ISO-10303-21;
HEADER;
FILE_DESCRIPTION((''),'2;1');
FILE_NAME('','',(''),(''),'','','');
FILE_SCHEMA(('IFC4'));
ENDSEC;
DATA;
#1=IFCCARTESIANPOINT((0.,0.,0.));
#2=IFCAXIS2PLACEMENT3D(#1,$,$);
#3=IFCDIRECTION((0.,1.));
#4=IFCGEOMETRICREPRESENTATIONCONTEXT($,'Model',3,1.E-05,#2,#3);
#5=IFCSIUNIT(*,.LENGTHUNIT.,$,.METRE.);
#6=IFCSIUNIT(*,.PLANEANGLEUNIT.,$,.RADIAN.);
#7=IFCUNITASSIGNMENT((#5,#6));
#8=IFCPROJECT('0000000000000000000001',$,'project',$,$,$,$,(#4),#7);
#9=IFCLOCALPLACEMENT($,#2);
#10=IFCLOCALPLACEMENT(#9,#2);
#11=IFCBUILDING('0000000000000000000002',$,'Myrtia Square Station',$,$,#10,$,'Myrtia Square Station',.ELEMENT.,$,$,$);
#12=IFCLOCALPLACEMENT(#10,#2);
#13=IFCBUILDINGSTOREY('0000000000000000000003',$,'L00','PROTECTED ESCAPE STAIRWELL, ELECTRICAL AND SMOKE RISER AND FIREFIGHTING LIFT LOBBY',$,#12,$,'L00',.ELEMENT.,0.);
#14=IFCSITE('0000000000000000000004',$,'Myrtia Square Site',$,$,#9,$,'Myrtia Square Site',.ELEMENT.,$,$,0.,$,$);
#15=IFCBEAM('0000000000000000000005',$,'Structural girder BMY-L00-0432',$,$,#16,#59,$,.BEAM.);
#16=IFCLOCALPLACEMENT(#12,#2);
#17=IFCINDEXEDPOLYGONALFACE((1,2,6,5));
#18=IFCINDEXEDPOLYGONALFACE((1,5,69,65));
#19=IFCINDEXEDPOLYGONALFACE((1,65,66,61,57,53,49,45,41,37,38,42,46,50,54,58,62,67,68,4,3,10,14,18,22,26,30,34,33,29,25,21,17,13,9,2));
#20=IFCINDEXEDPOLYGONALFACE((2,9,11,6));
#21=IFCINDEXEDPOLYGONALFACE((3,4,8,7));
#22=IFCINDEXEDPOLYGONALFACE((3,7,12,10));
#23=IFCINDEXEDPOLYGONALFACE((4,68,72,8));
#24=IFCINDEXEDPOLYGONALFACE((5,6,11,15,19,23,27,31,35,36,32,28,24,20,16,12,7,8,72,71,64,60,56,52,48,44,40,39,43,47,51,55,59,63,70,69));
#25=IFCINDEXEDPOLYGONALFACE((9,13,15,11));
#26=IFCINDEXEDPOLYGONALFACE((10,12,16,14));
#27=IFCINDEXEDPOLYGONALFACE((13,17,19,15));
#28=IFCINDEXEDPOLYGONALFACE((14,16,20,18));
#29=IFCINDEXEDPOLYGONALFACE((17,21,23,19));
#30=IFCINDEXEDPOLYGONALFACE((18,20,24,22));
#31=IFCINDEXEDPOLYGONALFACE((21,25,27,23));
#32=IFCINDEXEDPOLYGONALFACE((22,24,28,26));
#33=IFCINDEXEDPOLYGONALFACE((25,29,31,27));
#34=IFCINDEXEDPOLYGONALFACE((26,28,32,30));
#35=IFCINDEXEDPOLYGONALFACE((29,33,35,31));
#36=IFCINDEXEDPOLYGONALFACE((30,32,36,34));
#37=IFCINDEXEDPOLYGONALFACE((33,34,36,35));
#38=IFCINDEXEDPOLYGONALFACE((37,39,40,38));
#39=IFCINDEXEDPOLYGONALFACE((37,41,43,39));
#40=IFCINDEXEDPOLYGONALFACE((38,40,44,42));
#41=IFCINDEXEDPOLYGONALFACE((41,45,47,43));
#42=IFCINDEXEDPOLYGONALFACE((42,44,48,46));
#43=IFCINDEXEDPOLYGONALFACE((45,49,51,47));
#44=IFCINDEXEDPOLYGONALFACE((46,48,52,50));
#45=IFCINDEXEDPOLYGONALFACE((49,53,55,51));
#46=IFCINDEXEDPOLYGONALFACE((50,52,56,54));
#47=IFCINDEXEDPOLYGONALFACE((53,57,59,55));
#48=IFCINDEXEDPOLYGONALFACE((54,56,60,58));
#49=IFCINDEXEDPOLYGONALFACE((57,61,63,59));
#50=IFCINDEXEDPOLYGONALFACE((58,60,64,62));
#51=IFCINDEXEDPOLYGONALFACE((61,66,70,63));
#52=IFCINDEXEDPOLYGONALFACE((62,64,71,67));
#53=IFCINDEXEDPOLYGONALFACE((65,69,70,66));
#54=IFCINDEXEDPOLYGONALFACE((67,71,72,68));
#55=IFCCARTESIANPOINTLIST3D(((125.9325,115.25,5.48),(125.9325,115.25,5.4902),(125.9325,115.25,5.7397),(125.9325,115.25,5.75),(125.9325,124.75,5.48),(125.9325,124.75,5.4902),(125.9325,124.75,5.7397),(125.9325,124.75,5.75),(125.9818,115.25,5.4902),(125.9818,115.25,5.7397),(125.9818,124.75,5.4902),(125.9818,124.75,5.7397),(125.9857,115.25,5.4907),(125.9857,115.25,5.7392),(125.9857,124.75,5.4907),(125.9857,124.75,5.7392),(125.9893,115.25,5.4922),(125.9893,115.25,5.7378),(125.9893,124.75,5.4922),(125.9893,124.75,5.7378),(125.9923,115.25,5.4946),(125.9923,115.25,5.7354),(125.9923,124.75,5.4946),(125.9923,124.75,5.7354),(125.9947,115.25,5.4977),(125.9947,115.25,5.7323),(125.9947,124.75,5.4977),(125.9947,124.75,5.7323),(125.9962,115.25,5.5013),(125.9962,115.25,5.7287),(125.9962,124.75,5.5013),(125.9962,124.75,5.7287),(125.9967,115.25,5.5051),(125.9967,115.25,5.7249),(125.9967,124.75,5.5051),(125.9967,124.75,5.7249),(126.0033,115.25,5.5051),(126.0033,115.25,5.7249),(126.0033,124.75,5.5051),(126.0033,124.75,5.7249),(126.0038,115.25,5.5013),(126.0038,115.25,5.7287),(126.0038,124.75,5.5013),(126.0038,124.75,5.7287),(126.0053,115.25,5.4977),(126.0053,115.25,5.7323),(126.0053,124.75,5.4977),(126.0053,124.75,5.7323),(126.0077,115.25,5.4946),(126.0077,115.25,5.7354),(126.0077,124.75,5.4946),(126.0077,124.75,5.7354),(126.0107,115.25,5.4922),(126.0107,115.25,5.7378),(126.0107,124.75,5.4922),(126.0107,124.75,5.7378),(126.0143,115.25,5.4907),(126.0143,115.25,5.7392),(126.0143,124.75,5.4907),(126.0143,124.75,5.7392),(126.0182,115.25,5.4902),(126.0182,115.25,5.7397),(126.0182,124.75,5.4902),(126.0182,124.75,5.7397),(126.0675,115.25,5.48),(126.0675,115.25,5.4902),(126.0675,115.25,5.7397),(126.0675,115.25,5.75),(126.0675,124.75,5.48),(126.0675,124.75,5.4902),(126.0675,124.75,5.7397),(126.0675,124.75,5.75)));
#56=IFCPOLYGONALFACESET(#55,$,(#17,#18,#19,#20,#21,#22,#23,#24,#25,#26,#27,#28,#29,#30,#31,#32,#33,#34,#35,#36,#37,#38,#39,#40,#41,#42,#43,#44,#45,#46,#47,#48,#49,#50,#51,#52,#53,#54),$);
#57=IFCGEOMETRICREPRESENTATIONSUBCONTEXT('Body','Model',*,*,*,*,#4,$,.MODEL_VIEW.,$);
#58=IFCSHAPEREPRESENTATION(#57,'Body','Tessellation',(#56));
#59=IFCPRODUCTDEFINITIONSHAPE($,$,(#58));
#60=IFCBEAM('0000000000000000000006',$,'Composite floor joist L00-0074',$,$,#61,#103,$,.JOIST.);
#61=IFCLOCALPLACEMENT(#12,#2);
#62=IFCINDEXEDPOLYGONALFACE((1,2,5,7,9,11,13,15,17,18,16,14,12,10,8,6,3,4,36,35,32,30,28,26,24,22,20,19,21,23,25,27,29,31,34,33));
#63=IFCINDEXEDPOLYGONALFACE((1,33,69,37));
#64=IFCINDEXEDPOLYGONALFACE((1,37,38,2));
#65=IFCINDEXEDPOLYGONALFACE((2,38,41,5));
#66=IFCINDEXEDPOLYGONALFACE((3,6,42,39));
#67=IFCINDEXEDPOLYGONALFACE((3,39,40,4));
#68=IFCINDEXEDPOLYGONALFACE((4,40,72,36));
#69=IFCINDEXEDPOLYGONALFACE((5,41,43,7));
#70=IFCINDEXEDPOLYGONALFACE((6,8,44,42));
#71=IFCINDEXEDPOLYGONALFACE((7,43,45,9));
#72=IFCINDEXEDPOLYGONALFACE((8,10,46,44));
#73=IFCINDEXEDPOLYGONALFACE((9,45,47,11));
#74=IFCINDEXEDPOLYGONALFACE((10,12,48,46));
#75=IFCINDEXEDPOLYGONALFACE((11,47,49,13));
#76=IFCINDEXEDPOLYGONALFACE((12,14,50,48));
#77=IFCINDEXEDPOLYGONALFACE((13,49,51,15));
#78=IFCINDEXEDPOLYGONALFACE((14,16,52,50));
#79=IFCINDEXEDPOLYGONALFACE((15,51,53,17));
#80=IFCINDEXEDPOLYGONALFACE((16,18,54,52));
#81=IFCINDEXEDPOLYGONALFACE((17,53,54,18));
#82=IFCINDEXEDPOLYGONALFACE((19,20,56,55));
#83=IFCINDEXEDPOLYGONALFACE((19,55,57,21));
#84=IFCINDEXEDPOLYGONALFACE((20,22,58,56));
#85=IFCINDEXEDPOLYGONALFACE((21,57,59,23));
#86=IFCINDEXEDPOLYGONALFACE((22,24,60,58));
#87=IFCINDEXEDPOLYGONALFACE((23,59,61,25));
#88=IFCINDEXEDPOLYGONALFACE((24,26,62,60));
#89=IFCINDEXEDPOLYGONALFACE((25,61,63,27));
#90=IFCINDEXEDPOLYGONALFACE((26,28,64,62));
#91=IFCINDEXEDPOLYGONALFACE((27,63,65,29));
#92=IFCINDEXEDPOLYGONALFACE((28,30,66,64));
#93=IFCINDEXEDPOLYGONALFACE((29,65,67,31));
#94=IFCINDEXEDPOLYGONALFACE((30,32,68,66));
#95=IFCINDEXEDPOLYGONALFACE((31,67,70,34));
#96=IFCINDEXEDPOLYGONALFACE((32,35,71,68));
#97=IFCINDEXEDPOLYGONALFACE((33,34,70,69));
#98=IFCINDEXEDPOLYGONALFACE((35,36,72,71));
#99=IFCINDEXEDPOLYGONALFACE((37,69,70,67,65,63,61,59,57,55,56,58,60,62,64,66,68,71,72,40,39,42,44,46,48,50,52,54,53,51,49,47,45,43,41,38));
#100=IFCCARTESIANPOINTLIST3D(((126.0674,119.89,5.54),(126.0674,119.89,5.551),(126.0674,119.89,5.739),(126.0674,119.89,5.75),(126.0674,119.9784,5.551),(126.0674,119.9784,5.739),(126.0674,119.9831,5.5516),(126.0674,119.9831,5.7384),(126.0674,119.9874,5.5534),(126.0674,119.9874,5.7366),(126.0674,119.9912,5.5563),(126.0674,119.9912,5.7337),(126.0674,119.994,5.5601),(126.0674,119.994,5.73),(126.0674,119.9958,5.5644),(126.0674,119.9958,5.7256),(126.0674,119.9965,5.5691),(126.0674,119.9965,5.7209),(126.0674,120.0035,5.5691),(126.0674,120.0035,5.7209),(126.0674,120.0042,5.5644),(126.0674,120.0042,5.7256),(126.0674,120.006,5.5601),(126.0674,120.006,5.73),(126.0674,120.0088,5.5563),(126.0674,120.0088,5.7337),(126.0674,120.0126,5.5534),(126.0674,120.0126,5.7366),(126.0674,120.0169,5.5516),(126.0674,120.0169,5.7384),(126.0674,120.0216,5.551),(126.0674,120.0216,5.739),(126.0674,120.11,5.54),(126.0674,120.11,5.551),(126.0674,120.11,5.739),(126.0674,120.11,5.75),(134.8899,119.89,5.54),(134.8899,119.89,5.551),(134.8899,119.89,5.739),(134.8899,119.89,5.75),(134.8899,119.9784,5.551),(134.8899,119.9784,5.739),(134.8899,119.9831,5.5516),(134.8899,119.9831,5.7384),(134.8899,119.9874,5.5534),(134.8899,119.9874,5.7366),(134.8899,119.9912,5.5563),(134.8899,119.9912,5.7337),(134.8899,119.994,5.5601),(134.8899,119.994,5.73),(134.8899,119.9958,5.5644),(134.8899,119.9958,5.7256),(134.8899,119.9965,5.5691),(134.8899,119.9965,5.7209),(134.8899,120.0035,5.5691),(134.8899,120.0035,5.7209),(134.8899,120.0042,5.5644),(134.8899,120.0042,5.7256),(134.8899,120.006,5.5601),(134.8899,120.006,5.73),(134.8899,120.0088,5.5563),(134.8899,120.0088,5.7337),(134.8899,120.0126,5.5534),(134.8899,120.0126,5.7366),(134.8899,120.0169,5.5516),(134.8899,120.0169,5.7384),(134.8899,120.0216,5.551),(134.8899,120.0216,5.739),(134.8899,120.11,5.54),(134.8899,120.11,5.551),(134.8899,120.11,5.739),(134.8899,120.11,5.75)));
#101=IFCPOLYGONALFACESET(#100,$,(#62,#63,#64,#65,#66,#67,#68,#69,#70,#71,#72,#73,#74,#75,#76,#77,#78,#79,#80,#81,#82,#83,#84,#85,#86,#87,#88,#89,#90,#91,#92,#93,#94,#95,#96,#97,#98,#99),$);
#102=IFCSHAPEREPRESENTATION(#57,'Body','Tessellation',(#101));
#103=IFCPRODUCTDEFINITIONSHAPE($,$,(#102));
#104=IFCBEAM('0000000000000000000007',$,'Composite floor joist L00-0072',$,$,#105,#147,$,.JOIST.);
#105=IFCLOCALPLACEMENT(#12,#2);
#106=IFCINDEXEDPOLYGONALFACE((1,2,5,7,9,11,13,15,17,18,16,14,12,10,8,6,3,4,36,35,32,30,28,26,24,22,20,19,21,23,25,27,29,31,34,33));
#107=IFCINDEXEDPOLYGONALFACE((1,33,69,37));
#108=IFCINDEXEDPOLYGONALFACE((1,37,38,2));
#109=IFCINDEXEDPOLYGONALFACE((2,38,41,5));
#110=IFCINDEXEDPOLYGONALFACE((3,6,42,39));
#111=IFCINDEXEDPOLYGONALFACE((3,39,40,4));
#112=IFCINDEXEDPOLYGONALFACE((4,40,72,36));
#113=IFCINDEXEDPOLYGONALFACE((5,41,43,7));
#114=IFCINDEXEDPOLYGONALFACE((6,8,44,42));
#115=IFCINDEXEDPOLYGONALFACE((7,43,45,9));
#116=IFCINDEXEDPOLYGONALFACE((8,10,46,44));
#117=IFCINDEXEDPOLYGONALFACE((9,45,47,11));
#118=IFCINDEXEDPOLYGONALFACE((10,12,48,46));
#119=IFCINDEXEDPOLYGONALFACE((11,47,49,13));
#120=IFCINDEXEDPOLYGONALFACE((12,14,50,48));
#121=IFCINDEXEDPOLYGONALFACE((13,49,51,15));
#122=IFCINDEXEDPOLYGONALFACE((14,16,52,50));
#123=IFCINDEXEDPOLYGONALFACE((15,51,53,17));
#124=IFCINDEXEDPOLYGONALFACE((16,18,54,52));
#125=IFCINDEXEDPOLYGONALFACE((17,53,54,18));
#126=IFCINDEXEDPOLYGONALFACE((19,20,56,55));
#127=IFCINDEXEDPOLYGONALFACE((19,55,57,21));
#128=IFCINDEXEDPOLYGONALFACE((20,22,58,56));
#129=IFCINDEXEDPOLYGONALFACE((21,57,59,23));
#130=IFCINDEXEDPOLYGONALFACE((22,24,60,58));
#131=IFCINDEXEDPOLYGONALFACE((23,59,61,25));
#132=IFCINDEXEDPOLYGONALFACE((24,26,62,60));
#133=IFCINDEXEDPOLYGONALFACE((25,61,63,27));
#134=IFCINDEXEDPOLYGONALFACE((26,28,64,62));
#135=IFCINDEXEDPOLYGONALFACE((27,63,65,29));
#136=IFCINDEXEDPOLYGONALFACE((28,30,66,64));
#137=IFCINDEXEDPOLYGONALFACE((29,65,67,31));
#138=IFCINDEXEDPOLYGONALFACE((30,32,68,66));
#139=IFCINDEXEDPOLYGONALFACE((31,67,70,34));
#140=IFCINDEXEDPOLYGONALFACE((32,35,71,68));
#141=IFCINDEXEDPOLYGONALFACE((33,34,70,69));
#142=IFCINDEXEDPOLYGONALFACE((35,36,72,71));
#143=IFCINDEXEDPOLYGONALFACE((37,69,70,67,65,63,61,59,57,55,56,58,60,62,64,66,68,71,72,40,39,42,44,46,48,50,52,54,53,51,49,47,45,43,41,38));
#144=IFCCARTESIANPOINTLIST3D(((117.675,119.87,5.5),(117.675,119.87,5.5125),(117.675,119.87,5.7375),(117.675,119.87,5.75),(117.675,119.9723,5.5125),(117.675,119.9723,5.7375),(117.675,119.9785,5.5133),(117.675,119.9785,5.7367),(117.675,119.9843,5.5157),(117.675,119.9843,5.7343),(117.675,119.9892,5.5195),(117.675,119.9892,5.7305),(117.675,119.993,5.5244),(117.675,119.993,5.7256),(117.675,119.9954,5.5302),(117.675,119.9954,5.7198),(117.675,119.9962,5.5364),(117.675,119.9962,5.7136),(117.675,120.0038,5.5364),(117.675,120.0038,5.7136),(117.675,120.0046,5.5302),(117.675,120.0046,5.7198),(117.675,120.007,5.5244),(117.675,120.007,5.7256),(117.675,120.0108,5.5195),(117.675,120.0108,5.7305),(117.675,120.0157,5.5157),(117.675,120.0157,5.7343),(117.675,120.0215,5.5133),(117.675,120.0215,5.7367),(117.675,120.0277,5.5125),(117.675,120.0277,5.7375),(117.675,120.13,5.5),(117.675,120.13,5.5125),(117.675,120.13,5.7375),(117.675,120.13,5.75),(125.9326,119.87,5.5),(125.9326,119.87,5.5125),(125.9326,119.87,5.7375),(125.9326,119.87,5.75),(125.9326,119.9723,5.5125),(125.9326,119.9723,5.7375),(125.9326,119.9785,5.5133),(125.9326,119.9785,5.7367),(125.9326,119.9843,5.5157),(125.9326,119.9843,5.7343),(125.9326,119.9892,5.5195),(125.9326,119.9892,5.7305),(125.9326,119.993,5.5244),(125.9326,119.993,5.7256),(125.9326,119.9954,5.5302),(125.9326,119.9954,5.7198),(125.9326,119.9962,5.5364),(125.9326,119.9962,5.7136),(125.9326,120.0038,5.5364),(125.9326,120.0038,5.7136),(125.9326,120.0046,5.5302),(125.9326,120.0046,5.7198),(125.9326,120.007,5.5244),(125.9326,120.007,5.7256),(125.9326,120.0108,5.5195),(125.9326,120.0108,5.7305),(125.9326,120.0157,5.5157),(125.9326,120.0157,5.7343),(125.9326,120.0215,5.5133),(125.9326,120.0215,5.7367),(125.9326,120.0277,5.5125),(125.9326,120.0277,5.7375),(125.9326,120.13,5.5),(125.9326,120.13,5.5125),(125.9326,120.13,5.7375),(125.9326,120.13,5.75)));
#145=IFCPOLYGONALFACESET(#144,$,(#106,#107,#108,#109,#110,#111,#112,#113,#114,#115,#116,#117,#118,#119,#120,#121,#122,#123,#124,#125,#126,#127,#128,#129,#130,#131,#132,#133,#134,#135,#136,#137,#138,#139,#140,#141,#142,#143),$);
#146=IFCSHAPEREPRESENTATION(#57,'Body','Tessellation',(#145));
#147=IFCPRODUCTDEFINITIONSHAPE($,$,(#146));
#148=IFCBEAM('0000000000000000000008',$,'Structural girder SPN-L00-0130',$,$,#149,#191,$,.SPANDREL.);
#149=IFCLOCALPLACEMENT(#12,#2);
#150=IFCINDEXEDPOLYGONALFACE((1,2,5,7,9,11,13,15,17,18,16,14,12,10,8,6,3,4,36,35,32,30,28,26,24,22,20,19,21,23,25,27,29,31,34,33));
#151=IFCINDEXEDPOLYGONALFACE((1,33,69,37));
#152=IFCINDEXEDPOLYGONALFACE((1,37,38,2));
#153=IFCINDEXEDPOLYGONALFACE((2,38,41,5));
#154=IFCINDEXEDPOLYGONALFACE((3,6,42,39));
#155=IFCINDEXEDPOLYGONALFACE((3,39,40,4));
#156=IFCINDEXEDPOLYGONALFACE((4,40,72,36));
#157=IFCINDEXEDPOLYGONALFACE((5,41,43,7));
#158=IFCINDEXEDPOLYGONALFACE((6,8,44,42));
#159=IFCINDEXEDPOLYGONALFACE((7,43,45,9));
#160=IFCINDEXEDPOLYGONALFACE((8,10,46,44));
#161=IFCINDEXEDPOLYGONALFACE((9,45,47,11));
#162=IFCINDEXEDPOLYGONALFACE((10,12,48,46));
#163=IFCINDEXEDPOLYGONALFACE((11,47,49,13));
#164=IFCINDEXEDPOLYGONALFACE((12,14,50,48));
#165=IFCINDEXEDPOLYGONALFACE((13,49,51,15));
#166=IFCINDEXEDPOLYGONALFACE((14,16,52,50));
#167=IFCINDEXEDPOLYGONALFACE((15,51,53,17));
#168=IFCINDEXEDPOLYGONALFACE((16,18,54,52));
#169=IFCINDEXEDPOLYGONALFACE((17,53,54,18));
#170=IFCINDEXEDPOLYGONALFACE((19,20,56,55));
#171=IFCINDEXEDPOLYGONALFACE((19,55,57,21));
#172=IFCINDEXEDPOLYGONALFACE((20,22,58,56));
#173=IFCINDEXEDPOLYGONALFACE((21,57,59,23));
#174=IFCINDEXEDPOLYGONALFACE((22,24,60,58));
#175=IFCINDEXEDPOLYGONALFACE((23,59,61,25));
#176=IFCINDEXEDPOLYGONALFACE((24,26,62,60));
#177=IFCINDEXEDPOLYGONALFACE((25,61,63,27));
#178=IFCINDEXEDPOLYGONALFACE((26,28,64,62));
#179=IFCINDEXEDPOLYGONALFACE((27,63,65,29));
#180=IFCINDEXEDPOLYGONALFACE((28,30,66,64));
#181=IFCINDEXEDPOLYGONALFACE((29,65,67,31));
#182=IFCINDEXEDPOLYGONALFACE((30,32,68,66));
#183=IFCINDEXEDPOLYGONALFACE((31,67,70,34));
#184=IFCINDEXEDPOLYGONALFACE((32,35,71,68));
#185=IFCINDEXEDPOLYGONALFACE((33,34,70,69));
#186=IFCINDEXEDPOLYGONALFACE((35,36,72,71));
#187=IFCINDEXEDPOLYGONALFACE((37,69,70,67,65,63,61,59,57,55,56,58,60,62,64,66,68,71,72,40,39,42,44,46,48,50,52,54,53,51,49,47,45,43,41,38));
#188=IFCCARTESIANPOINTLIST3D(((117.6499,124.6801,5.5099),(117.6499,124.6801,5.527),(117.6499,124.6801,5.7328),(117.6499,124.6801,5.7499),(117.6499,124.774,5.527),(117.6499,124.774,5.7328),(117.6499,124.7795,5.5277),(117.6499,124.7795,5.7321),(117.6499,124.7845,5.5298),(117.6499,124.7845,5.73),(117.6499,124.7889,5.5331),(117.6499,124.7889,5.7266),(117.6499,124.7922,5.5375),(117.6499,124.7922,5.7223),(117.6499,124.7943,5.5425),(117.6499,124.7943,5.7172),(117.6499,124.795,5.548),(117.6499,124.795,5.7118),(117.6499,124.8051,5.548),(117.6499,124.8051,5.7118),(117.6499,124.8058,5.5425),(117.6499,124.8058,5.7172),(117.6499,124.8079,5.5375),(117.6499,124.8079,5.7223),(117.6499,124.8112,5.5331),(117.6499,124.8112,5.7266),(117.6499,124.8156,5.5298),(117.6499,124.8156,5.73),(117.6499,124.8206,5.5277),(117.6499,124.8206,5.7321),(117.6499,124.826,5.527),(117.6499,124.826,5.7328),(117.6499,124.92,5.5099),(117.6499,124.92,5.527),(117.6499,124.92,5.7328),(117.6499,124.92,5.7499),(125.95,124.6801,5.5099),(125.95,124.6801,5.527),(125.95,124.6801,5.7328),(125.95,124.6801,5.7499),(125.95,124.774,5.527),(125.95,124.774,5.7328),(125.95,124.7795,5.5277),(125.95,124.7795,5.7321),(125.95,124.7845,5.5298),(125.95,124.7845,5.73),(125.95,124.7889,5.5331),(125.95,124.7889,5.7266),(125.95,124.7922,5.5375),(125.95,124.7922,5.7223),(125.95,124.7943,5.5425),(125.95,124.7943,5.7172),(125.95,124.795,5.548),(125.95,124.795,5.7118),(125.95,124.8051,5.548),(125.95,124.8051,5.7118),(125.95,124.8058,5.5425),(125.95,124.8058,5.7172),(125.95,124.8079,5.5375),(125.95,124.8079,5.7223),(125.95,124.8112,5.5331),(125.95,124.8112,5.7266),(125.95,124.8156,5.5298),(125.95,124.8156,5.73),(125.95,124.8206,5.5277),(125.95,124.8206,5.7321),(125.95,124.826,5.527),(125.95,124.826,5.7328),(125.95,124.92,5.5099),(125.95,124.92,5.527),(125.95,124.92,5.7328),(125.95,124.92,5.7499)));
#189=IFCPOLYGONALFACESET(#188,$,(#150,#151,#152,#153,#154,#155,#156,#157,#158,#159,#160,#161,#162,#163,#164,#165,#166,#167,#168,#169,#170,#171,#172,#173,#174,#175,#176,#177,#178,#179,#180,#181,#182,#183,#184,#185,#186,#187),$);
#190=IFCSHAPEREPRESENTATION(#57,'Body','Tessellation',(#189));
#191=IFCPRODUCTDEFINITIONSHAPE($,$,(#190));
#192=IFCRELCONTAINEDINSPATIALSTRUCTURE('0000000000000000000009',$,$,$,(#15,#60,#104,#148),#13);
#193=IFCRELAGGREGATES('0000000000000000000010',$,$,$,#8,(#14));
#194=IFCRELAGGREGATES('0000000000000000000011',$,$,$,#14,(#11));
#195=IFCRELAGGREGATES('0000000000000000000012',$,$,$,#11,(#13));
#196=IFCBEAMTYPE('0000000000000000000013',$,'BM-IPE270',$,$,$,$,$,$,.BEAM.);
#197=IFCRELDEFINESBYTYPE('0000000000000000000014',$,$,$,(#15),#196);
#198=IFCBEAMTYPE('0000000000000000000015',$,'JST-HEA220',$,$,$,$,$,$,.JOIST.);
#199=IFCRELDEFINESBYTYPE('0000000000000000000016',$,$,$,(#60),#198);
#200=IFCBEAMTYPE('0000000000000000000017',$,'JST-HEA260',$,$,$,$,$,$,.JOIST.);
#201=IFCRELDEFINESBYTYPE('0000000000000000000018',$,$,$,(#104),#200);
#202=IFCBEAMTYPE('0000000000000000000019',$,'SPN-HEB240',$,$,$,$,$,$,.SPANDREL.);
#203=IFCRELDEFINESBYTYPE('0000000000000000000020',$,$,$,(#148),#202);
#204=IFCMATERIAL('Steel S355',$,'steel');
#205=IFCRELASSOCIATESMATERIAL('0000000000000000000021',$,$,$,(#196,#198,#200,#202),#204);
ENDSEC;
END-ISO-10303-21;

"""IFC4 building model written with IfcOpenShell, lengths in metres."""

from ifc_helpers import new_model, si_unit, direction, frame, origin, origin_2d, place, context, subcontext, project, spatial, i_section, extrude, material, material_profile, profile_set, type_object, element, save


model = new_model("IFC4")

# Units and contexts
model_context = context("Model", 3, precision=1e-05, world=origin(), true_north=direction((0.0, 1.0)))
body_context = subcontext(model_context, "Body", "Model", "MODEL_VIEW")
ifc_project = project(units=[si_unit("LENGTHUNIT", "METRE"), si_unit("PLANEANGLEUNIT", "RADIAN")], contexts=[model_context])

# Site, building, storey
site_placement = place(None, origin())
site = spatial("IfcSite", under=ifc_project, at=site_placement, Name="Myrtia Square Site", LongName="Myrtia Square Site", CompositionType="ELEMENT", RefElevation=0.0)
building_placement = place(site_placement, origin())
building = spatial("IfcBuilding", under=site, at=building_placement, Name="Myrtia Square Station", LongName="Myrtia Square Station", CompositionType="ELEMENT")
storey_placement = place(building_placement, origin())
storey = spatial("IfcBuildingStorey", under=building, at=storey_placement, Name="L00", Description="PROTECTED ESCAPE STAIRWELL, ELECTRICAL AND SMOKE RISER AND FIREFIGHTING LIFT LOBBY", LongName="L00", CompositionType="ELEMENT", Elevation=0.0)

# Shared definitions
ifc_material_1 = material(Name="Steel S355", Category="steel")

# Beams
ifc_material_profile_1 = material_profile(ifc_material_1, i_section(OverallWidth=0.135, OverallDepth=0.27, WebThickness=0.0066, FlangeThickness=0.0103, FilletRadius=0.0149, at=origin_2d()), Name="IPE 270")
ifc_profile_set_1 = profile_set([ifc_material_profile_1], Name="Steel S355")
beam_type_1 = type_object("IfcBeamType", Name="BM-IPE270", PredefinedType="BEAM", material=ifc_profile_set_1)
beam_1_placement = place(storey_placement, frame((126.0, 115.25, 5.615), z_axis=(0.0, 1.0, 0.0), x_axis=(-1.0, 0.0, 0.0)))
element("IfcBeam", 1, at=beam_1_placement, inside=storey, type_object=beam_type_1, Name="Structural girder BMY-L00-0432", PredefinedType="BEAM", context=body_context, shape_type="SweptSolid", body=[
    extrude(i_section(OverallWidth=0.135, OverallDepth=0.27, WebThickness=0.0066, FlangeThickness=0.0103, FilletRadius=0.0149, at=origin_2d()), origin(), (0.0, 0.0, 1.0), 9.5),
])
ifc_material_profile_2 = material_profile(ifc_material_1, i_section(OverallWidth=0.22, OverallDepth=0.21, WebThickness=0.0071, FlangeThickness=0.011, FilletRadius=0.0181, at=origin_2d()), Name="HEA 220")
ifc_profile_set_2 = profile_set([ifc_material_profile_2], Name="Steel S355")
beam_type_2 = type_object("IfcBeamType", Name="JST-HEA220", PredefinedType="JOIST", material=ifc_profile_set_2)
beam_2_placement = place(storey_placement, frame((126.0674, 120.0, 5.645), z_axis=(1.0, 0.0, 0.0), x_axis=(0.0, 1.0, 0.0)))
element("IfcBeam", 2, at=beam_2_placement, inside=storey, type_object=beam_type_2, Name="Composite floor joist L00-0074", PredefinedType="JOIST", context=body_context, shape_type="SweptSolid", body=[
    extrude(i_section(OverallWidth=0.22, OverallDepth=0.21, WebThickness=0.0071, FlangeThickness=0.011, FilletRadius=0.0181, at=origin_2d()), origin(), (0.0, 0.0, 1.0), 8.8225),
])
ifc_material_profile_3 = material_profile(ifc_material_1, i_section(OverallWidth=0.26, OverallDepth=0.25, WebThickness=0.0076, FlangeThickness=0.0125, FilletRadius=0.0239, at=origin_2d()), Name="HEA 260")
ifc_profile_set_3 = profile_set([ifc_material_profile_3], Name="Steel S355")
beam_type_3 = type_object("IfcBeamType", Name="JST-HEA260", PredefinedType="JOIST", material=ifc_profile_set_3)
beam_3_placement = place(storey_placement, frame((117.675, 120.0, 5.625), z_axis=(1.0, 0.0, 0.0), x_axis=(0.0, 1.0, 0.0)))
element("IfcBeam", 3, at=beam_3_placement, inside=storey, type_object=beam_type_3, Name="Composite floor joist L00-0072", PredefinedType="JOIST", context=body_context, shape_type="SweptSolid", body=[
    extrude(i_section(OverallWidth=0.26, OverallDepth=0.25, WebThickness=0.0076, FlangeThickness=0.0125, FilletRadius=0.0239, at=origin_2d()), origin(), (0.0, 0.0, 1.0), 8.2576),
])
ifc_material_profile_4 = material_profile(ifc_material_1, i_section(OverallWidth=0.24, OverallDepth=0.24, WebThickness=0.01, FlangeThickness=0.0171, FilletRadius=0.021, at=origin_2d()), Name="HEB 240")
ifc_profile_set_4 = profile_set([ifc_material_profile_4], Name="Steel S355")
beam_type_4 = type_object("IfcBeamType", Name="SPN-HEB240", PredefinedType="SPANDREL", material=ifc_profile_set_4)
beam_4_placement = place(storey_placement, frame((117.6499, 124.8, 5.6299), z_axis=(1.0, 0.0, 0.0), x_axis=(0.0, 1.0, 0.0)))
element("IfcBeam", 4, at=beam_4_placement, inside=storey, type_object=beam_type_4, Name="Structural girder SPN-L00-0130", PredefinedType="SPANDREL", context=body_context, shape_type="SweptSolid", body=[
    extrude(i_section(OverallWidth=0.24, OverallDepth=0.24, WebThickness=0.01, FlangeThickness=0.0171, FilletRadius=0.021, at=origin_2d()), origin(), (0.0, 0.0, 1.0), 8.3),
])

save(model, "model.ifc")
